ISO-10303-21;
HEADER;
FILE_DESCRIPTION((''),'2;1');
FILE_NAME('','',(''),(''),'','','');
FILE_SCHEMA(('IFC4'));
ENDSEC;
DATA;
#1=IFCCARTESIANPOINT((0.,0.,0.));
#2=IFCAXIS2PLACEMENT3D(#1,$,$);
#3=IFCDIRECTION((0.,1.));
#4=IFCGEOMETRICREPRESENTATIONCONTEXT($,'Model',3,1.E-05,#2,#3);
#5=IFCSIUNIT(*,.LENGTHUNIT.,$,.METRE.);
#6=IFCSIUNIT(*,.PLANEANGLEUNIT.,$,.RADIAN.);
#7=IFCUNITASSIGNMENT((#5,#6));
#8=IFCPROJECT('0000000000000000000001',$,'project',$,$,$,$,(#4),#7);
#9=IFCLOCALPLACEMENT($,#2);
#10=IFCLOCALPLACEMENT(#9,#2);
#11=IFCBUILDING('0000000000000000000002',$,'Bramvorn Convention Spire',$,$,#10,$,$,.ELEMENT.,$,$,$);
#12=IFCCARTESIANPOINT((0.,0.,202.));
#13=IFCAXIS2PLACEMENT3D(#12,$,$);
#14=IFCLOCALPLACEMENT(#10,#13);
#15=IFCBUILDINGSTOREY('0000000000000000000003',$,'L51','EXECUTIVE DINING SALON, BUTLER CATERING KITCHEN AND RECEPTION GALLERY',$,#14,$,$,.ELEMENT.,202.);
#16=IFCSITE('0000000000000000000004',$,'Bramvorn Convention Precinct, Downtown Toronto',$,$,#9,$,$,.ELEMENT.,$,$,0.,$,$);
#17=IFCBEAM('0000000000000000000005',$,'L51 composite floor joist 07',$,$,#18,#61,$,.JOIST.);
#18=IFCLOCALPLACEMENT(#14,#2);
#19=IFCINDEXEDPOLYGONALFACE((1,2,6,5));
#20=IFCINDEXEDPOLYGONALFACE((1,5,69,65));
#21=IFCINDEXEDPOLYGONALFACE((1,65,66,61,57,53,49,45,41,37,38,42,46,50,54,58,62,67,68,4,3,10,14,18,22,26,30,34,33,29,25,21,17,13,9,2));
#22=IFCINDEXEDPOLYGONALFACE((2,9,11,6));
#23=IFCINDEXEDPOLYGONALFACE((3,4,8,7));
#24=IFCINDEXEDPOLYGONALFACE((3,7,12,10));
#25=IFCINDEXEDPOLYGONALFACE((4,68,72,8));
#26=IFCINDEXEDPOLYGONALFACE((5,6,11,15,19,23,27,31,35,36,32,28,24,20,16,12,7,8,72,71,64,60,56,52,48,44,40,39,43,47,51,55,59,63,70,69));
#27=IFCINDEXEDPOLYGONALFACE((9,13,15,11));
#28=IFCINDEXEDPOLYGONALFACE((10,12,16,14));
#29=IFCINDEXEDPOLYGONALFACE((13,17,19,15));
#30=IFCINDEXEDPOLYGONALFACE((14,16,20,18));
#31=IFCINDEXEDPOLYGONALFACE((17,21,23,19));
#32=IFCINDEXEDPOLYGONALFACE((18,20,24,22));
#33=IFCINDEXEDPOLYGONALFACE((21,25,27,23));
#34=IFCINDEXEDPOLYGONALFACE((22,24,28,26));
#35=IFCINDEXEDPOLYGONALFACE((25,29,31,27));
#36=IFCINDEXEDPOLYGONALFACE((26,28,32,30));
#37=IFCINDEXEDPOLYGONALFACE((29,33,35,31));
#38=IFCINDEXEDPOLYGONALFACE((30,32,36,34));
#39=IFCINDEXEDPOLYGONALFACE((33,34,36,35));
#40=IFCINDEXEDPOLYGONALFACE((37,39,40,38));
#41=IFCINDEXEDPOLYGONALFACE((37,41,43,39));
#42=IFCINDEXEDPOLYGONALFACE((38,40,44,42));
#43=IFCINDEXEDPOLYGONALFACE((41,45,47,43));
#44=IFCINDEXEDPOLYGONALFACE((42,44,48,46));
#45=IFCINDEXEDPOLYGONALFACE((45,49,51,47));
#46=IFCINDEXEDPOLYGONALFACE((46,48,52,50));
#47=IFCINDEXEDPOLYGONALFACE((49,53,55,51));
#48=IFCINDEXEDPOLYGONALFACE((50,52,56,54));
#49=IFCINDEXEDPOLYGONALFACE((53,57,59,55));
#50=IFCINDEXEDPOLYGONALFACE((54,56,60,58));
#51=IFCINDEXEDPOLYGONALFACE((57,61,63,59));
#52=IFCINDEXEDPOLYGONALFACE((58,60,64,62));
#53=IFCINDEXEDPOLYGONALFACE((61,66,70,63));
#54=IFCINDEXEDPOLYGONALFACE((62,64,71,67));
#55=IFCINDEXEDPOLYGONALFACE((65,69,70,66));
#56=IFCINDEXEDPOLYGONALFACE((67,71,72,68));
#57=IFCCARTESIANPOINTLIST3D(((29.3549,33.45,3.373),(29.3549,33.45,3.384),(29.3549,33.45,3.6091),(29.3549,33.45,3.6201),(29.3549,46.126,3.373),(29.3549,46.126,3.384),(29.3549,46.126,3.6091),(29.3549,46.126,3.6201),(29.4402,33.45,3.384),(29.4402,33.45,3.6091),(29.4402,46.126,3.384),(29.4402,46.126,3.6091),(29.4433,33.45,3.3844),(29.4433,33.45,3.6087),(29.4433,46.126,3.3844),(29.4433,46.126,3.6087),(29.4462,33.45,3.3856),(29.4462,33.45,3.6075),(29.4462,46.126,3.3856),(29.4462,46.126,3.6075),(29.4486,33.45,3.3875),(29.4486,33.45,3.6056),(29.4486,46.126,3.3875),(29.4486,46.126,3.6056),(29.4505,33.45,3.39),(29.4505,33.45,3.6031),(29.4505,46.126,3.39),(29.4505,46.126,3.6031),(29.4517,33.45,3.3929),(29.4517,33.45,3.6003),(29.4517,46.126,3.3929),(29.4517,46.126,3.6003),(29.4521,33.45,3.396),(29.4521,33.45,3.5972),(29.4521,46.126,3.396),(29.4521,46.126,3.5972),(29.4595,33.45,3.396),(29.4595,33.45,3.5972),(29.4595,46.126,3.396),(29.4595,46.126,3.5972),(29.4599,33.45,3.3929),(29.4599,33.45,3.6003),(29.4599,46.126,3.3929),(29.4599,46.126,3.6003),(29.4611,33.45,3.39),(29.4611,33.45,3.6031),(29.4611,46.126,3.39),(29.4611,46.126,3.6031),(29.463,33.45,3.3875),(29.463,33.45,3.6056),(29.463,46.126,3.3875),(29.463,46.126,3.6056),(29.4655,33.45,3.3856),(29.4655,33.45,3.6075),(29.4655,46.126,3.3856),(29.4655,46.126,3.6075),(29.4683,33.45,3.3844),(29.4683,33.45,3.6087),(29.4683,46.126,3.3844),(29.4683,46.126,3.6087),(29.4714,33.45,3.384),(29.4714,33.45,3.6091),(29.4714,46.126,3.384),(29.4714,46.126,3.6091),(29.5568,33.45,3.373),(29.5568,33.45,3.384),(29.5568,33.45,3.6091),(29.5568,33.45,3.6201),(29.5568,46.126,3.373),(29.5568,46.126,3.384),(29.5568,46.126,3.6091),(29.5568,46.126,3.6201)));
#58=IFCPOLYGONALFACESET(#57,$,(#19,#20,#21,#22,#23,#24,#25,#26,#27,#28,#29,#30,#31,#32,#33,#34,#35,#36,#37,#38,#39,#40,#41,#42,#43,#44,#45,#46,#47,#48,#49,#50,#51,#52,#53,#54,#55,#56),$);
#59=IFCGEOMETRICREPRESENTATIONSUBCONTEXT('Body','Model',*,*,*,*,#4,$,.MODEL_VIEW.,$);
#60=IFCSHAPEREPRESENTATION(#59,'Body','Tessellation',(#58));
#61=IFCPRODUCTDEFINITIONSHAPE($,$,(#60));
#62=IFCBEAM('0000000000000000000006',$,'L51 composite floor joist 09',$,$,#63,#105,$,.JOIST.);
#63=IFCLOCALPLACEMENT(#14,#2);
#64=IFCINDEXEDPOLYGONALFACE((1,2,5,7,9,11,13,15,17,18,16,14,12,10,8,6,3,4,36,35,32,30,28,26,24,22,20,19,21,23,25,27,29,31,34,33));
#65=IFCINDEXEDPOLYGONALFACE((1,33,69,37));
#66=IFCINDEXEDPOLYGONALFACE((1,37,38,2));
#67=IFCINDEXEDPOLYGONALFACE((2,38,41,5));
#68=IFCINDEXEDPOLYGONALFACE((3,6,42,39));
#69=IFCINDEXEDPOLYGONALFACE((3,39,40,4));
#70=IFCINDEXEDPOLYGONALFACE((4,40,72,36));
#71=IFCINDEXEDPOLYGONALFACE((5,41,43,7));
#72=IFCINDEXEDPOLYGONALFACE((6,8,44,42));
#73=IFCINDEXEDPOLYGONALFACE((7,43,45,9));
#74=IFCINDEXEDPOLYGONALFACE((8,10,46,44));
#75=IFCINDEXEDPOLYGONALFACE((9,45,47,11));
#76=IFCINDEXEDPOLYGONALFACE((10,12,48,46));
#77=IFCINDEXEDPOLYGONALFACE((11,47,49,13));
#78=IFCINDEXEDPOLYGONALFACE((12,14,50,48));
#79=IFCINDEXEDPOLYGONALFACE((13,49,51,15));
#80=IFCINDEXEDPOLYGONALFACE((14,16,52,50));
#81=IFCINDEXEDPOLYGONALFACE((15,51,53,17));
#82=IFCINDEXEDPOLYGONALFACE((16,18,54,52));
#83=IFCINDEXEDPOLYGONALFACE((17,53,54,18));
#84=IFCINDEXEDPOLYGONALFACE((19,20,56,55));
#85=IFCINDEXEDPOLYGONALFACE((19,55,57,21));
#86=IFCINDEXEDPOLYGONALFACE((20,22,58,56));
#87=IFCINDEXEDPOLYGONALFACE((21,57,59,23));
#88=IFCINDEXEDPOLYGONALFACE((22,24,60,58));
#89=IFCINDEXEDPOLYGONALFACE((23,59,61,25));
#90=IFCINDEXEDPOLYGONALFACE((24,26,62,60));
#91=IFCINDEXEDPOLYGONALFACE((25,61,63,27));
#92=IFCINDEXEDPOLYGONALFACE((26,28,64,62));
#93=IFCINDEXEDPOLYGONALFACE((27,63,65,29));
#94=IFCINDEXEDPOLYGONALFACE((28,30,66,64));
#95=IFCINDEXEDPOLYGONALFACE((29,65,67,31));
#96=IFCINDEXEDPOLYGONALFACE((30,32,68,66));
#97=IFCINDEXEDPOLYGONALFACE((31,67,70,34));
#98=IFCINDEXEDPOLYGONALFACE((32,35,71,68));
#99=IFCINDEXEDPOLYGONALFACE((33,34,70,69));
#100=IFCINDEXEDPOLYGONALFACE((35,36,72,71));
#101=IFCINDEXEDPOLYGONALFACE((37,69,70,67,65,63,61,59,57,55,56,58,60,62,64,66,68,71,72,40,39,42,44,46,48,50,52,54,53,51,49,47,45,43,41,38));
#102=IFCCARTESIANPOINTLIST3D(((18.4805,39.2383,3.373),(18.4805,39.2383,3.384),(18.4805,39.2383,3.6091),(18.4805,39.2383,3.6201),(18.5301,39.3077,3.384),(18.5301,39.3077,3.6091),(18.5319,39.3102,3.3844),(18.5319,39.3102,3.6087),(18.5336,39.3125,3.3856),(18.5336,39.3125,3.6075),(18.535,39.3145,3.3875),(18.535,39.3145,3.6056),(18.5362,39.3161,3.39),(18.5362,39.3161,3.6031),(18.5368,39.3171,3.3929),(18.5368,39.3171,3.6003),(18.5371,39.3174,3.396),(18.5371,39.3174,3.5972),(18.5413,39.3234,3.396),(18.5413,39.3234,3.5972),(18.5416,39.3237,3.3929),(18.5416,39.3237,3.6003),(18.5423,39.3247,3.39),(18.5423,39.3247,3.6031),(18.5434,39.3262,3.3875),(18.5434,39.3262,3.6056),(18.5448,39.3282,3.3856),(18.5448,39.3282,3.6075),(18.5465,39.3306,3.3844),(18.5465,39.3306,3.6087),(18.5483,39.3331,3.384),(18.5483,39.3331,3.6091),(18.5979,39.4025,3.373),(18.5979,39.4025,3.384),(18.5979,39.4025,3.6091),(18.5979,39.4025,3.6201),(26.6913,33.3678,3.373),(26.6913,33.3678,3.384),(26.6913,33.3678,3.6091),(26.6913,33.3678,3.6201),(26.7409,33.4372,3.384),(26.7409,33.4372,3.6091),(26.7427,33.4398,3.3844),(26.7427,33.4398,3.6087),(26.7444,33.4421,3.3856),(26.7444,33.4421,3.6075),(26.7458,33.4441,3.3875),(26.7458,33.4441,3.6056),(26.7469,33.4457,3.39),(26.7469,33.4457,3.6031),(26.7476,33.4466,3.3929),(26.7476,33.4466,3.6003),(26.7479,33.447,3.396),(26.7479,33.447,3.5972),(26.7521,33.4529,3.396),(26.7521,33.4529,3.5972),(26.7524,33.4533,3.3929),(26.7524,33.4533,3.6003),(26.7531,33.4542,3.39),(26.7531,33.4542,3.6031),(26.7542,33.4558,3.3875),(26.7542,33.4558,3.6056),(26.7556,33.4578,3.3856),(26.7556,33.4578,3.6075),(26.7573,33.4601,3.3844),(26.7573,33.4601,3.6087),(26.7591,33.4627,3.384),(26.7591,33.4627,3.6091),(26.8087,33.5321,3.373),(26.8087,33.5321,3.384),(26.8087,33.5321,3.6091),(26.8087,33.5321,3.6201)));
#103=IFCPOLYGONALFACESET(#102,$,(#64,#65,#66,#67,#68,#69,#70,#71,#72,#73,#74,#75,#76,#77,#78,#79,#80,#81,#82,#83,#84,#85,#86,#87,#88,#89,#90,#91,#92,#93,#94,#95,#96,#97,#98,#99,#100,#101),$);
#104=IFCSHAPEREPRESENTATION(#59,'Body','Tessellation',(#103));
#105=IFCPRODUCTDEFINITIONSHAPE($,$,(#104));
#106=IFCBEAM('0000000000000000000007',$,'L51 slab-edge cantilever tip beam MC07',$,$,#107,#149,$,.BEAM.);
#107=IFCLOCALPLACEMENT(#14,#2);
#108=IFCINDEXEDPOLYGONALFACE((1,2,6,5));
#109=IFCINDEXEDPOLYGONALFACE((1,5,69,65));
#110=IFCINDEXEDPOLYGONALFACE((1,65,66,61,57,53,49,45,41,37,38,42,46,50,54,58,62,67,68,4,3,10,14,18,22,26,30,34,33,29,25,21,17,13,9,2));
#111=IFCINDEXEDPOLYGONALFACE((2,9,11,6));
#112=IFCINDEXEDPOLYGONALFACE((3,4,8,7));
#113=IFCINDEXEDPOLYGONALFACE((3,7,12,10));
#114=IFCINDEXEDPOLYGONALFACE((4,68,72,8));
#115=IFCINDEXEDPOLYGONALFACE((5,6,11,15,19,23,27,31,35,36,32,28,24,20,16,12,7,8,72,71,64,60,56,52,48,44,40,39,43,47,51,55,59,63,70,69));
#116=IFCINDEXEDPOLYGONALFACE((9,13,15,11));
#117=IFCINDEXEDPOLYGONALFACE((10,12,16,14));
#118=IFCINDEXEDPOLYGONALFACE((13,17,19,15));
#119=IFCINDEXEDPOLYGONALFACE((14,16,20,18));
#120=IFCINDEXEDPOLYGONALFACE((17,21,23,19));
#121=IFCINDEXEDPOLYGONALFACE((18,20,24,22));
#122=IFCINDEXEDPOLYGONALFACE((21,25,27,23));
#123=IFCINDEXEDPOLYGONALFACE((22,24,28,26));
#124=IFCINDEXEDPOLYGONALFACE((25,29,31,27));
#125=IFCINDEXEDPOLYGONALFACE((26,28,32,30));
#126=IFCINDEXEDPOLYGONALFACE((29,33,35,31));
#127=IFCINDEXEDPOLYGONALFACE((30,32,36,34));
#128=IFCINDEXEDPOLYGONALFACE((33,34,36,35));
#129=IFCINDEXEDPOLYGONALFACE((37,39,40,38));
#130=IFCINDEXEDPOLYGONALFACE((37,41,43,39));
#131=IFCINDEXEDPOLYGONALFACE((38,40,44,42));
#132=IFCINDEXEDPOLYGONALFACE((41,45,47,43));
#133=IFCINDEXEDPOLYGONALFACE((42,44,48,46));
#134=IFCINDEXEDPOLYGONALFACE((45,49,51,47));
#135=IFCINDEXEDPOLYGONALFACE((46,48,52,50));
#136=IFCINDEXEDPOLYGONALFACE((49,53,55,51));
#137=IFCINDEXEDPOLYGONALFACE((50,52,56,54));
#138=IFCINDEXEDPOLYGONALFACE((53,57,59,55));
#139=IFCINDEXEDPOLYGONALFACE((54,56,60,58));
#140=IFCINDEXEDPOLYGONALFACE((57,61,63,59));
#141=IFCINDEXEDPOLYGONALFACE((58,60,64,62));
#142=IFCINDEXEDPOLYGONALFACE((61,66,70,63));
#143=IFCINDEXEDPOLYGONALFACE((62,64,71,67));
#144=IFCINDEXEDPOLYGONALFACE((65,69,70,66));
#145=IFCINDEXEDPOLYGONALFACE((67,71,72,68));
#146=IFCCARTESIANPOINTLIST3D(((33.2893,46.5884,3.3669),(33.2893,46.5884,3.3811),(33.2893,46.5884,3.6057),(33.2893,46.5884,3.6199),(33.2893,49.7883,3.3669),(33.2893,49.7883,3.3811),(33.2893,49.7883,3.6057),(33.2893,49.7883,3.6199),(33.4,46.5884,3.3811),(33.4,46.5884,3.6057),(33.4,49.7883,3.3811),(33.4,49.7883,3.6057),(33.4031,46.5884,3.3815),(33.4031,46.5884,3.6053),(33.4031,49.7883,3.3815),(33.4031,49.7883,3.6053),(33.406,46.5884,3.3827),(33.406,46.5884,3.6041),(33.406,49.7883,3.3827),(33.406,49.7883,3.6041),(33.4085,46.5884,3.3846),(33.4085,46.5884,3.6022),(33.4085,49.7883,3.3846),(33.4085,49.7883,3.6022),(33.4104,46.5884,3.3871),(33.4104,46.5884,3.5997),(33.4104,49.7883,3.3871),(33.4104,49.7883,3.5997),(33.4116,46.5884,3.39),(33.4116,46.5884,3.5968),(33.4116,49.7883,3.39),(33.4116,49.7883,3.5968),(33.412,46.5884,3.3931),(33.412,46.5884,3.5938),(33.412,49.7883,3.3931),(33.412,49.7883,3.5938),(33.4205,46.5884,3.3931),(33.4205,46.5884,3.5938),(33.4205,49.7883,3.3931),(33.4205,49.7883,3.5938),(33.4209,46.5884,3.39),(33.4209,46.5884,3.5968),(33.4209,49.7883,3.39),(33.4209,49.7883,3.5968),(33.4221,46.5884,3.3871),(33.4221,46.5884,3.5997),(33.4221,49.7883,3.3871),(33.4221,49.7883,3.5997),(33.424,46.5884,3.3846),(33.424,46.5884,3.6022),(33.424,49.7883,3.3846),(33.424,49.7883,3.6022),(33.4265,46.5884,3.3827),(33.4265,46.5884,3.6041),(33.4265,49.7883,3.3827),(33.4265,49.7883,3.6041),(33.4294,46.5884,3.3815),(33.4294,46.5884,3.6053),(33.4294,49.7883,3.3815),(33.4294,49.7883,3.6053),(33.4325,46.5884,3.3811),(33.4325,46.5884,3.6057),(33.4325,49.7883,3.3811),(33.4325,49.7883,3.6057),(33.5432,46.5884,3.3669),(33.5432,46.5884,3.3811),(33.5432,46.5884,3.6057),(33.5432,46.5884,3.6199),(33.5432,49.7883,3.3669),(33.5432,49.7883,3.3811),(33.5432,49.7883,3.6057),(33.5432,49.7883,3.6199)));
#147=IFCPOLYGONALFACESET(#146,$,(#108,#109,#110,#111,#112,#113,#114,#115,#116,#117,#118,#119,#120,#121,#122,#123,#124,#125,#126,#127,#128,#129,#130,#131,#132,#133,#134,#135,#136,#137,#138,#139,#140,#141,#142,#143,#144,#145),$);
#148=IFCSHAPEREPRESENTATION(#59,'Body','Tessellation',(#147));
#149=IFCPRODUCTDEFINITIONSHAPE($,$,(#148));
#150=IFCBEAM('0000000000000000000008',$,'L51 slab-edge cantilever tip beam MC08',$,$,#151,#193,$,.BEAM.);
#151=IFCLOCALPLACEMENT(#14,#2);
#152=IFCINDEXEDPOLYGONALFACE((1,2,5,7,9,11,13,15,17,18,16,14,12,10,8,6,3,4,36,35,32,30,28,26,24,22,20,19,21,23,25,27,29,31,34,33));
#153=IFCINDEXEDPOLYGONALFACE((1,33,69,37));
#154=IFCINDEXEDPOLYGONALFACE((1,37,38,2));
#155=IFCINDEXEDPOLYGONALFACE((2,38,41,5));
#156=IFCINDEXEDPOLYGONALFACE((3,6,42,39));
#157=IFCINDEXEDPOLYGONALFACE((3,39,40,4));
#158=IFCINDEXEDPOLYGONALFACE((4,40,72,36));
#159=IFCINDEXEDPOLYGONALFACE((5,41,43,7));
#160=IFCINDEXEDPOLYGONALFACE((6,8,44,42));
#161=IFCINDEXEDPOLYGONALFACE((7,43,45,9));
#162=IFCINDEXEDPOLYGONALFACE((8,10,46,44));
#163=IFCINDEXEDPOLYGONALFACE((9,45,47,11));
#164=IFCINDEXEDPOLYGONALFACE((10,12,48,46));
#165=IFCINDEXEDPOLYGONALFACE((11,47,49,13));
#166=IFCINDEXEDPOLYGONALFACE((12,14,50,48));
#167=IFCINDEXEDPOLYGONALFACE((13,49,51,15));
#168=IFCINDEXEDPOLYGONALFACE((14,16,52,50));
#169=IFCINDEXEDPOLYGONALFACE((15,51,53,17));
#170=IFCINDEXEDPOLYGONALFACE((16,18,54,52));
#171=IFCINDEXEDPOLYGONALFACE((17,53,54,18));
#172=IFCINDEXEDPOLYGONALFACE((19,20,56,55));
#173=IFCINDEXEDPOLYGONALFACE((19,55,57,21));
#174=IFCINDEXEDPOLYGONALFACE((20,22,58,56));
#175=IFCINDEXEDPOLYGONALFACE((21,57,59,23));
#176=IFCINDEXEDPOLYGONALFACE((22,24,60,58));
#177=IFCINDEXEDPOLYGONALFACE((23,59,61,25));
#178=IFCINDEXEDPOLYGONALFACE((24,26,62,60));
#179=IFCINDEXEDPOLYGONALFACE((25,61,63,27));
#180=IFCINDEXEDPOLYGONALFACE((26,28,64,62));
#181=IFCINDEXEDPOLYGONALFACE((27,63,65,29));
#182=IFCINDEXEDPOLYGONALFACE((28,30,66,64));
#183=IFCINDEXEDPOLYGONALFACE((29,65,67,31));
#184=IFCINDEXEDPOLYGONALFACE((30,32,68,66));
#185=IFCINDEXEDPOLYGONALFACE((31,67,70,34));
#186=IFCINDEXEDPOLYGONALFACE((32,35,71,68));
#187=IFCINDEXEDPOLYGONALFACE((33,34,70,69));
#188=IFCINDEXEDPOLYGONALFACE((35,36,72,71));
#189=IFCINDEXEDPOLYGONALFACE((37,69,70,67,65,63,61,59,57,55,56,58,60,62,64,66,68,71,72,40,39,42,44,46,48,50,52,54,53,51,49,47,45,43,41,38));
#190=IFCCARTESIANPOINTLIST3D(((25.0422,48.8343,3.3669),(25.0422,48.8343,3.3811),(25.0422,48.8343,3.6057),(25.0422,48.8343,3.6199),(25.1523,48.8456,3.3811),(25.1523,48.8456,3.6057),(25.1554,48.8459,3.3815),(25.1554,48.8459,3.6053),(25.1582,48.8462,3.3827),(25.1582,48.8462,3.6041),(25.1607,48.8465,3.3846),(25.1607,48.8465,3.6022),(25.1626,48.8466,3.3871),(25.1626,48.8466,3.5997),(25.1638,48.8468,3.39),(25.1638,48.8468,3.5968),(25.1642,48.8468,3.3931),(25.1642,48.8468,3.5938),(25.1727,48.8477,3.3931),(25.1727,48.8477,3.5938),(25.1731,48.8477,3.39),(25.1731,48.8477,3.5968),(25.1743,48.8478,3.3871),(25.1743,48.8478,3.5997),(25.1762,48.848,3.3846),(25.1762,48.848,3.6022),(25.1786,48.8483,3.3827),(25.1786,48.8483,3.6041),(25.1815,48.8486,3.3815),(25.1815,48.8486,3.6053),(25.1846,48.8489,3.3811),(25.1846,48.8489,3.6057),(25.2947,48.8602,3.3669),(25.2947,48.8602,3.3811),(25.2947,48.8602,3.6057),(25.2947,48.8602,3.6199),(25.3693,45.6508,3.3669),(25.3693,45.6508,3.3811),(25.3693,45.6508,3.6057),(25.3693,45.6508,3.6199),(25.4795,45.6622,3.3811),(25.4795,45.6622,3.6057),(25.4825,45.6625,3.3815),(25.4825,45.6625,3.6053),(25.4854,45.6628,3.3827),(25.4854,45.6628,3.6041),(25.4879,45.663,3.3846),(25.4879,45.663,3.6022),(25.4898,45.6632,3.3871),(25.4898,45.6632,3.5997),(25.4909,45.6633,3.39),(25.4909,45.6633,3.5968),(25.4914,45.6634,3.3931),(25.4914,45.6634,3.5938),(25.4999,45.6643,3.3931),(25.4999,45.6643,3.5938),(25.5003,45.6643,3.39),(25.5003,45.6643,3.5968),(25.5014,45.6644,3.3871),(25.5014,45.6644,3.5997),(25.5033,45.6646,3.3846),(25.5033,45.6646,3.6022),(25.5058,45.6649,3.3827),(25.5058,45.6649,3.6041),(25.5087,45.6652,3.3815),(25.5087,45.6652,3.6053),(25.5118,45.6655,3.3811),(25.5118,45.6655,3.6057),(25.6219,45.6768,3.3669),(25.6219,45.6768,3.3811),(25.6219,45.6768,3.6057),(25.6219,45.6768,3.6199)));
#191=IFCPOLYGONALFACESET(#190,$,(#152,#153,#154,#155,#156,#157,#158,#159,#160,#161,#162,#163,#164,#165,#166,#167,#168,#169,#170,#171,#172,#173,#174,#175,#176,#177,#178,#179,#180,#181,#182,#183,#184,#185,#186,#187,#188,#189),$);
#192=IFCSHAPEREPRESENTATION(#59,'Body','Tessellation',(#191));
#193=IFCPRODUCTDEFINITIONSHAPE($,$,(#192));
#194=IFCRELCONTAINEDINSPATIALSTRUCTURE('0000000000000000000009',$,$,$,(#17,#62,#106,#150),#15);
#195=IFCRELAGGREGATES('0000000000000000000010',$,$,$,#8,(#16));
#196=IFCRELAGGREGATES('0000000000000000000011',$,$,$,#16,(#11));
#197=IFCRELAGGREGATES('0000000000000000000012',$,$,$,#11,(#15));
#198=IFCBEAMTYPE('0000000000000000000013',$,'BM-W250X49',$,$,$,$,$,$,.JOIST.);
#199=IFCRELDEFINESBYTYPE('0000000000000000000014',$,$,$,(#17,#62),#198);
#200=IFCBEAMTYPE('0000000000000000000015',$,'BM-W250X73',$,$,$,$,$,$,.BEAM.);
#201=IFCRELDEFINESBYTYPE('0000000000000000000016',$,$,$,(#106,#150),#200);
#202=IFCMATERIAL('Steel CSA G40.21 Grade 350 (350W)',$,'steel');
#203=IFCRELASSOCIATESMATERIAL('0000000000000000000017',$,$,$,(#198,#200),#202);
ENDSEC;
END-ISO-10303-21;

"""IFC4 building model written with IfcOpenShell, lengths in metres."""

from ifc_helpers import new_model, si_unit, direction, frame, origin, origin_2d, place, context, subcontext, project, spatial, i_section, extrude, material, material_profile, profile_set, type_object, element, save


model = new_model("IFC4")

# Units and contexts
model_context = context("Model", 3, precision=1e-05, world=origin(), true_north=direction((0.0, 1.0)))
body_context = subcontext(model_context, "Body", "Model", "MODEL_VIEW")
ifc_project = project(units=[si_unit("LENGTHUNIT", "METRE"), si_unit("PLANEANGLEUNIT", "RADIAN")], contexts=[model_context])

# Site, building, storey
site_placement = place(None, origin())
site = spatial("IfcSite", under=ifc_project, at=site_placement, Name="Bramvorn Convention Precinct, Downtown Toronto", CompositionType="ELEMENT", RefElevation=0.0)
building_placement = place(site_placement, origin())
building = spatial("IfcBuilding", under=site, at=building_placement, Name="Bramvorn Convention Spire", CompositionType="ELEMENT")
storey_placement = place(building_placement, frame((0.0, 0.0, 202.0)))
storey = spatial("IfcBuildingStorey", under=building, at=storey_placement, Name="L51", Description="EXECUTIVE DINING SALON, BUTLER CATERING KITCHEN AND RECEPTION GALLERY", CompositionType="ELEMENT", Elevation=202.0)

# Shared definitions
ifc_material_1 = material(Name="Steel CSA G40.21 Grade 350 (350W)", Category="steel")

# Beams
ifc_material_profile_1 = material_profile(ifc_material_1, i_section(OverallWidth=0.2019, OverallDepth=0.2471, WebThickness=0.0073, FlangeThickness=0.011, FilletRadius=0.012, at=origin_2d()))
ifc_profile_set_1 = profile_set([ifc_material_profile_1], Name="Steel CSA G40.21 Grade 350 (350W) - W250X49")
beam_type_1 = type_object("IfcBeamType", Name="BM-W250X49", PredefinedType="JOIST", material=ifc_profile_set_1)
beam_1_placement = place(storey_placement, frame((29.4558, 33.45, 3.4966), z_axis=(0.0, 1.0, 0.0), x_axis=(-1.0, 0.0, 0.0)))
element("IfcBeam", 1, at=beam_1_placement, inside=storey, type_object=beam_type_1, Name="L51 composite floor joist 07", PredefinedType="JOIST", context=body_context, shape_type="SweptSolid", body=[
    extrude(i_section(OverallWidth=0.2019, OverallDepth=0.2471, WebThickness=0.0073, FlangeThickness=0.011, FilletRadius=0.012, at=origin_2d()), origin(), (0.0, 0.0, 1.0), 12.676),
])
beam_2_placement = place(storey_placement, frame((26.75, 33.45, 3.4966), z_axis=(-0.813472, 0.581604, 0.0), x_axis=(-0.581604, -0.813472, 0.0)))
element("IfcBeam", 2, at=beam_2_placement, inside=storey, type_object=beam_type_1, Name="L51 composite floor joist 09", PredefinedType="JOIST", context=body_context, shape_type="SweptSolid", body=[
    extrude(i_section(OverallWidth=0.2019, OverallDepth=0.2471, WebThickness=0.0073, FlangeThickness=0.011, FilletRadius=0.012, at=origin_2d()), origin(), (0.0, 0.0, 1.0), 10.0935),
])
ifc_material_profile_2 = material_profile(ifc_material_1, i_section(OverallWidth=0.2539, OverallDepth=0.2529, WebThickness=0.0085, FlangeThickness=0.0142, FilletRadius=0.012, at=origin_2d()))
ifc_profile_set_2 = profile_set([ifc_material_profile_2], Name="Steel CSA G40.21 Grade 350 (350W) - W250X73")
beam_type_2 = type_object("IfcBeamType", Name="BM-W250X73", PredefinedType="BEAM", material=ifc_profile_set_2)
beam_3_placement = place(storey_placement, frame((33.4163, 46.5884, 3.4934), z_axis=(0.0, 1.0, 0.0), x_axis=(-1.0, 0.0, 0.0)))
element("IfcBeam", 3, at=beam_3_placement, inside=storey, type_object=beam_type_2, Name="L51 slab-edge cantilever tip beam MC07", PredefinedType="BEAM", context=body_context, shape_type="SweptSolid", body=[
    extrude(i_section(OverallWidth=0.2539, OverallDepth=0.2529, WebThickness=0.0085, FlangeThickness=0.0142, FilletRadius=0.012, at=origin_2d()), origin(), (0.0, 0.0, 1.0), 3.2),
])
beam_4_placement = place(storey_placement, frame((25.4956, 45.6638, 3.4934), z_axis=(-0.10223, 0.994761, 0.0), x_axis=(-0.994761, -0.10223, 0.0)))
element("IfcBeam", 4, at=beam_4_placement, inside=storey, type_object=beam_type_2, Name="L51 slab-edge cantilever tip beam MC08", PredefinedType="BEAM", context=body_context, shape_type="SweptSolid", body=[
    extrude(i_section(OverallWidth=0.2539, OverallDepth=0.2529, WebThickness=0.0085, FlangeThickness=0.0142, FilletRadius=0.012, at=origin_2d()), origin(), (0.0, 0.0, 1.0), 3.2002),
])

save(model, "model.ifc")
